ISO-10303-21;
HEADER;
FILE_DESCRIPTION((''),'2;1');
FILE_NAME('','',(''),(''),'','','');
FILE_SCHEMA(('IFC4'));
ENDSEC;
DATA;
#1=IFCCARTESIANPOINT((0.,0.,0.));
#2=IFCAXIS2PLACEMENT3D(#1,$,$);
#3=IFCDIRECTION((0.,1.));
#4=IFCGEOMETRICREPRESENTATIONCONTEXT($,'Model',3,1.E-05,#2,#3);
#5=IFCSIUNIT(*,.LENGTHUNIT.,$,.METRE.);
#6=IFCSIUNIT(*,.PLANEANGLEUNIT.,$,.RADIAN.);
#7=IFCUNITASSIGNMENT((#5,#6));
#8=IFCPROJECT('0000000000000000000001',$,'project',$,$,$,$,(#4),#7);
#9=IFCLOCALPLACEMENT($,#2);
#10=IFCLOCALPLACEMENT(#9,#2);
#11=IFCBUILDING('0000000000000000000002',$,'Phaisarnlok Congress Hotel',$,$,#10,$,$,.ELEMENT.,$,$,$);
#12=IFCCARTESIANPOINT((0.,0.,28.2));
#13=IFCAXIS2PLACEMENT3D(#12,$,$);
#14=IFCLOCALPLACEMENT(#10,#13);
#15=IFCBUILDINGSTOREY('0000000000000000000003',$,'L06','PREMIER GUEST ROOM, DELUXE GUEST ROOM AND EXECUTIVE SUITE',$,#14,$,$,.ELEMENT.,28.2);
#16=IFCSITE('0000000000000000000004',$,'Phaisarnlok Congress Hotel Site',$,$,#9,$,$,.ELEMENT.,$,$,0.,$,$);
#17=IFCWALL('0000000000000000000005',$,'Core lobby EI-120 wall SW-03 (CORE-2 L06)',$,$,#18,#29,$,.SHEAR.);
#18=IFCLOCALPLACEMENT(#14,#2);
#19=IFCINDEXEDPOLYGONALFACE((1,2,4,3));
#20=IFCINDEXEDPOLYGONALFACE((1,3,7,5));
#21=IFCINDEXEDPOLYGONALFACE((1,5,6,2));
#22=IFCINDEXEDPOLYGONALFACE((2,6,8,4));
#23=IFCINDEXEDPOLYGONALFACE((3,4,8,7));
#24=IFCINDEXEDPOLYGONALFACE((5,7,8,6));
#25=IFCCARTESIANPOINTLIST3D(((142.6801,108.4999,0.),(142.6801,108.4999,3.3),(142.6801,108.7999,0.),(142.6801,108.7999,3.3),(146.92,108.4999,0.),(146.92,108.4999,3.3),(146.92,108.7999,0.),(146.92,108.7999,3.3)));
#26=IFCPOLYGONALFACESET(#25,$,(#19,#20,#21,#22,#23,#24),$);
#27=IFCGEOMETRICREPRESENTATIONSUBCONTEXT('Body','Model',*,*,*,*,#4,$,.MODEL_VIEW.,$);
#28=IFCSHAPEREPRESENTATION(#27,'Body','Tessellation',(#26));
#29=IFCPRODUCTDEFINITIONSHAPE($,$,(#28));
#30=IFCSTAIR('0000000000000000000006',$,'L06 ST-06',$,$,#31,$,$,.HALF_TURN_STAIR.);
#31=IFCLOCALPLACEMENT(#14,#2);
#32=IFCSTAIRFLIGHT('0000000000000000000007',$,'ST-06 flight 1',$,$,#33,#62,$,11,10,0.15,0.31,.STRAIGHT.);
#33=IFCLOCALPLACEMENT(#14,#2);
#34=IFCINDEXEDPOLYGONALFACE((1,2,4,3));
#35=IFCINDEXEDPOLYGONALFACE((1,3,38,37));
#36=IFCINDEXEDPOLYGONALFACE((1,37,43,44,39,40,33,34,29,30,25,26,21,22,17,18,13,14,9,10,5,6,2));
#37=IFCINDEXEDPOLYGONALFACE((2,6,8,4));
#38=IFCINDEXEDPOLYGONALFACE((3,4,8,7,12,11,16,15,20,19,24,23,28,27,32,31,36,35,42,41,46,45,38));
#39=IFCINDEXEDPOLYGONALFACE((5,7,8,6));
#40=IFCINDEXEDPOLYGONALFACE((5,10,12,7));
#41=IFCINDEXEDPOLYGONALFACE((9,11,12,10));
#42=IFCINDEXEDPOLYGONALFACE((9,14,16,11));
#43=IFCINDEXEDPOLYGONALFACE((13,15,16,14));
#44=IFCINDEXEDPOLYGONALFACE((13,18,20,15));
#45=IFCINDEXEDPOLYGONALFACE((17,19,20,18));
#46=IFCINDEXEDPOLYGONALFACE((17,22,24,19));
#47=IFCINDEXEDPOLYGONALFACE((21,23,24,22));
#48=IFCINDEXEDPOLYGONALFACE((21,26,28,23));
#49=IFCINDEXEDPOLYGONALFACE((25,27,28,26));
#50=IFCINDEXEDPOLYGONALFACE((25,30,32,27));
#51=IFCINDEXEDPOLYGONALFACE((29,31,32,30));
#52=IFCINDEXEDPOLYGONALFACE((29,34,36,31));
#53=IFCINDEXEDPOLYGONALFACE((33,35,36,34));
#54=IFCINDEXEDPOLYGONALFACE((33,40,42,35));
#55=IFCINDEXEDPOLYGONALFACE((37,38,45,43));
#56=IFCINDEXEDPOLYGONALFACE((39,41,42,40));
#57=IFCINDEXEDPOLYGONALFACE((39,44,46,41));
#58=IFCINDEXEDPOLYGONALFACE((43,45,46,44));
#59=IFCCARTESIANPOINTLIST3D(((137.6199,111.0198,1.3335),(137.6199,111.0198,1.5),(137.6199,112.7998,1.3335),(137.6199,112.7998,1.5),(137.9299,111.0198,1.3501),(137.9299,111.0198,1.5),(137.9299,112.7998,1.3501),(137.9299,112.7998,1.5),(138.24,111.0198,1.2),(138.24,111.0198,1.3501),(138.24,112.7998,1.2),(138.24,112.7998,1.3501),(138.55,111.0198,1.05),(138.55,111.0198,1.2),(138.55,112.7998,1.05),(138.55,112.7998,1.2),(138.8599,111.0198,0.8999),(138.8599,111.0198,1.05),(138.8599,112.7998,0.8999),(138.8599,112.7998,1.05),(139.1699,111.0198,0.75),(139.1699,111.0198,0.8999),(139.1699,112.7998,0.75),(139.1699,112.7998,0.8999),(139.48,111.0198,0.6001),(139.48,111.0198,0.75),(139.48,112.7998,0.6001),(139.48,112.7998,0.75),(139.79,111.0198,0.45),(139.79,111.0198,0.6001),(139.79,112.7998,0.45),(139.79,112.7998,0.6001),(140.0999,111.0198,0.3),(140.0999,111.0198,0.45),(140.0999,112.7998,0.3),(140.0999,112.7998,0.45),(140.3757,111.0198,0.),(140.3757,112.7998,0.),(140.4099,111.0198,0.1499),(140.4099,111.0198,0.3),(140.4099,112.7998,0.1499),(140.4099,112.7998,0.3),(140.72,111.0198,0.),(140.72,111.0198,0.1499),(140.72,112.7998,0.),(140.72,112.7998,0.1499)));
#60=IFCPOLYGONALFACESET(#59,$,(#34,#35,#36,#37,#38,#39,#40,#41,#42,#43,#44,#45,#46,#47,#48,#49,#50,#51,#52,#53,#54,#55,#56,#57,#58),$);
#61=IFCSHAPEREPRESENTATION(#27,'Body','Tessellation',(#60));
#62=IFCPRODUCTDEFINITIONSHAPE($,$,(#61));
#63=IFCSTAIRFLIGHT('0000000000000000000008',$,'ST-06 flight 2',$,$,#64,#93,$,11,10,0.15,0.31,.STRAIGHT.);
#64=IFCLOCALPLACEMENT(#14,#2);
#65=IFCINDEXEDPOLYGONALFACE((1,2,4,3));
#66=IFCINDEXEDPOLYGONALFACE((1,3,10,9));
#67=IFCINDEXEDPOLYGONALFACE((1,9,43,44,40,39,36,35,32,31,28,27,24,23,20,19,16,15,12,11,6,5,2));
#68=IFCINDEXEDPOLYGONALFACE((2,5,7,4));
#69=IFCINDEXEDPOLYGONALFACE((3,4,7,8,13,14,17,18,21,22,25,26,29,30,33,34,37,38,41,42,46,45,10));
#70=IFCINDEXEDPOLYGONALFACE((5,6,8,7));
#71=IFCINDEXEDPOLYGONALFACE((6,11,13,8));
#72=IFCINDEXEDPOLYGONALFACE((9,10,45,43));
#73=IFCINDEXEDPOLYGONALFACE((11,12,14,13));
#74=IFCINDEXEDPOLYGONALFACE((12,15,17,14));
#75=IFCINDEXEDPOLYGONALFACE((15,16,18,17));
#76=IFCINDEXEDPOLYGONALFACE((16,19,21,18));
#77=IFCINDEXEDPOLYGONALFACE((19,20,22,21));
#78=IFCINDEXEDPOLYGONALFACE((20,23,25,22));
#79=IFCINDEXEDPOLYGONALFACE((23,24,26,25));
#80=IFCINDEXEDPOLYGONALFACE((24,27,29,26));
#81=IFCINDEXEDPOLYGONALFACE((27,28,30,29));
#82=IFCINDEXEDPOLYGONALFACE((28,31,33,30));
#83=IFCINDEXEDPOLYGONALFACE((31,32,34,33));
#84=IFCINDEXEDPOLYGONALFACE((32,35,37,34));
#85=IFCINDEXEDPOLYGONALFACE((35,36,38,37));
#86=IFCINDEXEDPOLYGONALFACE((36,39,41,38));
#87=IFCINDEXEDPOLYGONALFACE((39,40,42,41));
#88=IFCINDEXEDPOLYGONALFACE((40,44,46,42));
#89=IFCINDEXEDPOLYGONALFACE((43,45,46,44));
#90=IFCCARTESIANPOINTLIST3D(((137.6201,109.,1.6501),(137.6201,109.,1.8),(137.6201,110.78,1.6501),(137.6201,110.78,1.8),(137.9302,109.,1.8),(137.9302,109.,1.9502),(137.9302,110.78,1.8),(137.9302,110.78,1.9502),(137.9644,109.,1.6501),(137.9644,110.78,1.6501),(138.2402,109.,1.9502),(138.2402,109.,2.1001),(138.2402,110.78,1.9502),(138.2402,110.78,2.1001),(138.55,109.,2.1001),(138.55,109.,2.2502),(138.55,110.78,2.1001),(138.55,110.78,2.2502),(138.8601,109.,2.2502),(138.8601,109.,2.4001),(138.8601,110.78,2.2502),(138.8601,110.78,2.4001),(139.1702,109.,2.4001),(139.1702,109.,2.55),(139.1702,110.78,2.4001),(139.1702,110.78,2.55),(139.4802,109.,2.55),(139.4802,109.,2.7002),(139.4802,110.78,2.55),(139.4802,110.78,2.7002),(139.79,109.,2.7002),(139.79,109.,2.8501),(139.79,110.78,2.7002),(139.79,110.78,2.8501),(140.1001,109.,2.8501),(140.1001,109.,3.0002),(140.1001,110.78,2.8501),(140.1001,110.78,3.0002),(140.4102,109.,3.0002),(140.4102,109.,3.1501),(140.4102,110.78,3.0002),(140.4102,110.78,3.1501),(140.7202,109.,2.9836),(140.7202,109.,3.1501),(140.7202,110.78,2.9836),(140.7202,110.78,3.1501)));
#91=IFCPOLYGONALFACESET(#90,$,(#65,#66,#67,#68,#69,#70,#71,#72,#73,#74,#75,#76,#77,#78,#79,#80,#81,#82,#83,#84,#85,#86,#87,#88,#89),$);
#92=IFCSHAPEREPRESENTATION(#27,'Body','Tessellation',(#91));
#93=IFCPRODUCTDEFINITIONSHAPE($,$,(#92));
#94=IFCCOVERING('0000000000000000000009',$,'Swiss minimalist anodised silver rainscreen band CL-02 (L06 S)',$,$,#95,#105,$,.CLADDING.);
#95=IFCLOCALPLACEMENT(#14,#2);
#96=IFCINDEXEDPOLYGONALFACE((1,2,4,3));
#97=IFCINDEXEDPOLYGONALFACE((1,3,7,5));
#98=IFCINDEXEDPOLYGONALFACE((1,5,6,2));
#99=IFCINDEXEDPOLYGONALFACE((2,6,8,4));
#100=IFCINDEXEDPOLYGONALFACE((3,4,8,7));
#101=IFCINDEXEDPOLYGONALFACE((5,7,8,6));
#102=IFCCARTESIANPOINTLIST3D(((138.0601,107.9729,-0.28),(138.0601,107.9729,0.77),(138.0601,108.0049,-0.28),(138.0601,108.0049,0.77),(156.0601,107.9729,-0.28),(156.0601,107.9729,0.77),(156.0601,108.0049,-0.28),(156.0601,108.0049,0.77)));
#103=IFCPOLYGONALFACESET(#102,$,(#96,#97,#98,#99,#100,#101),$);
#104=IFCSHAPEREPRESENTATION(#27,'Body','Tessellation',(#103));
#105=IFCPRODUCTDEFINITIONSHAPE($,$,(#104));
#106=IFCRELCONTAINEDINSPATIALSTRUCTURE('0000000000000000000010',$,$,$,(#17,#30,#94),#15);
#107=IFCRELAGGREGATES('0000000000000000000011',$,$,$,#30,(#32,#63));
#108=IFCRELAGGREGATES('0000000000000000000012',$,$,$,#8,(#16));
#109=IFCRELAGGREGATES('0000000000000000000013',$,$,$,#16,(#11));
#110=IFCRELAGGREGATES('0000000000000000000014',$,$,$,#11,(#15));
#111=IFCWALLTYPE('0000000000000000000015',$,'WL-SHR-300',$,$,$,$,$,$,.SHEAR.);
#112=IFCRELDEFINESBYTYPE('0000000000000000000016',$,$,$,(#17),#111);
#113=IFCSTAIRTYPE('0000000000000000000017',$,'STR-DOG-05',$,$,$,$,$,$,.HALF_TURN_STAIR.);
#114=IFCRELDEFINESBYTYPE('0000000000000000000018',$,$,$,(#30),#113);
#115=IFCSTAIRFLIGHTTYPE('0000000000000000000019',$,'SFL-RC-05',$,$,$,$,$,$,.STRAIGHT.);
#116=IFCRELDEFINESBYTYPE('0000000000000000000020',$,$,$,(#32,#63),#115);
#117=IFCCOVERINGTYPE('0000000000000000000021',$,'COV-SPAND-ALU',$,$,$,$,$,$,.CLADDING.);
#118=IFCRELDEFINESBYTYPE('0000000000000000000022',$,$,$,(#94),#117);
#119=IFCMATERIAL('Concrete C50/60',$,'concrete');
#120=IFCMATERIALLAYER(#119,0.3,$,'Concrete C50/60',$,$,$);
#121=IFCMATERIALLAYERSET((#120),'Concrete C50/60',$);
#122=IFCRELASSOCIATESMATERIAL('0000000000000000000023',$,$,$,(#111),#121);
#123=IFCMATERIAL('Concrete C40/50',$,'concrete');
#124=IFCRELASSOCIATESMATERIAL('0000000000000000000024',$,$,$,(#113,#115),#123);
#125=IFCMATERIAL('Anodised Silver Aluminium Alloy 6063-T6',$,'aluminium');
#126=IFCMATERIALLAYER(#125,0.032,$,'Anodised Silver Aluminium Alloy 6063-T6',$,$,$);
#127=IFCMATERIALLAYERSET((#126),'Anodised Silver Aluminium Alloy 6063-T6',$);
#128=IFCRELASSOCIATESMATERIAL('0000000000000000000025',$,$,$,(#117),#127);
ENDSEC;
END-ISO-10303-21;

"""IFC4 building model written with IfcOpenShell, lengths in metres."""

from ifc_helpers import new_model, si_unit, direction, frame, frame_2d, origin, place, context, subcontext, project, spatial, polyline, rectangle, outline, extrude, material, layer, layer_set, type_object, element, aggregate, save


model = new_model("IFC4")

# Units and contexts
model_context = context("Model", 3, precision=1e-05, world=origin(), true_north=direction((0.0, 1.0)))
body_context = subcontext(model_context, "Body", "Model", "MODEL_VIEW")
ifc_project = project(units=[si_unit("LENGTHUNIT", "METRE"), si_unit("PLANEANGLEUNIT", "RADIAN")], contexts=[model_context])

# Site, building, storey
site_placement = place(None, origin())
site = spatial("IfcSite", under=ifc_project, at=site_placement, Name="Phaisarnlok Congress Hotel Site", CompositionType="ELEMENT", RefElevation=0.0)
building_placement = place(site_placement, origin())
building = spatial("IfcBuilding", under=site, at=building_placement, Name="Phaisarnlok Congress Hotel", CompositionType="ELEMENT")
storey_placement = place(building_placement, frame((0.0, 0.0, 28.2)))
storey = spatial("IfcBuildingStorey", under=building, at=storey_placement, Name="L06", Description="PREMIER GUEST ROOM, DELUXE GUEST ROOM AND EXECUTIVE SUITE", CompositionType="ELEMENT", Elevation=28.2)

# Shared definitions
ifc_material_1 = material(Name="Concrete C50/60", Category="concrete")

# Shared definitions
ifc_material_2 = material(Name="Concrete C40/50", Category="concrete")

# Shared definitions
ifc_layer_1 = layer(ifc_material_1, 0.3, Name="Concrete C50/60")
ifc_layer_set_1 = layer_set([ifc_layer_1], Name="Concrete C50/60")
wall_type_1 = type_object("IfcWallType", Name="WL-SHR-300", PredefinedType="SHEAR", material=ifc_layer_set_1)

# Wall
wall_1_placement = place(storey_placement, frame((142.6799, 108.6499, 0.0), z_axis=(0.0, 0.0, 1.0), x_axis=(1.0, 0.0, 0.0)))
element("IfcWall", 1, at=wall_1_placement, inside=storey, type_object=wall_type_1, Name="Core lobby EI-120 wall SW-03 (CORE-2 L06)", PredefinedType="SHEAR", context=body_context, shape_type="SweptSolid", body=[
    extrude(rectangle(XDim=4.24, YDim=0.3, at=frame_2d((2.1201, 0.0))), origin(), (0.0, 0.0, 1.0), 3.3),
])

# Stair, stair flights
stair_type = type_object("IfcStairType", Name="STR-DOG-05", PredefinedType="HALF_TURN_STAIR", material=ifc_material_2)
stair_placement = place(storey_placement, origin())
stair = element("IfcStair", 2, at=stair_placement, inside=storey, type_object=stair_type, Name="L06 ST-06", PredefinedType="HALF_TURN_STAIR")
stair_flight_type = type_object("IfcStairFlightType", Name="SFL-RC-05", PredefinedType="STRAIGHT", material=ifc_material_2)
stair_flight_1_placement = place(storey_placement, frame((140.72, 111.9099, 0.0), z_axis=(0.0, 0.0, 1.0), x_axis=(-1.0, 0.0, 0.0)))
stair_flight_1 = element("IfcStairFlight", 3, at=stair_flight_1_placement, type_object=stair_flight_type, Name="ST-06 flight 1", NumberOfRisers=11, NumberOfTreads=10, PredefinedType="STRAIGHT", RiserHeight=0.15, TreadLength=0.31, context=body_context, shape_type="SweptSolid", body=[
    extrude(outline(polyline([(0.0, 0.0), (0.0, 0.1499), (0.3101, 0.1499), (0.3101, 0.3), (0.6201, 0.3), (0.6201, 0.45), (0.9299, 0.45), (0.9299, 0.6001), (1.24, 0.6001), (1.24, 0.75), (1.55, 0.75), (1.55, 0.8999), (1.8601, 0.8999), (1.8601, 1.05), (2.1699, 1.05), (2.1699, 1.2), (2.48, 1.2), (2.48, 1.3501), (2.79, 1.3501), (2.79, 1.5), (3.1001, 1.5), (3.1001, 1.6499), (3.1001, 1.3335), (0.3442, 0.0), (0.0, 0.0)])), frame((0.0, 0.8901, 0.0), z_axis=(0.0, -1.0, 0.0), x_axis=(1.0, 0.0, 0.0)), (0.0, 0.0, 1.0), 1.78),
])
stair_flight_2_placement = place(storey_placement, frame((137.6201, 109.8899, 1.6501), z_axis=(0.0, 0.0, 1.0), x_axis=(1.0, 0.0, 0.0)))
stair_flight_2 = element("IfcStairFlight", 4, at=stair_flight_2_placement, type_object=stair_flight_type, Name="ST-06 flight 2", NumberOfRisers=11, NumberOfTreads=10, PredefinedType="STRAIGHT", RiserHeight=0.15, TreadLength=0.31, context=body_context, shape_type="SweptSolid", body=[
    extrude(outline(polyline([(0.0, 0.0), (0.0, 0.1499), (0.3101, 0.1499), (0.3101, 0.3), (0.6201, 0.3), (0.6201, 0.45), (0.9299, 0.45), (0.9299, 0.6001), (1.24, 0.6001), (1.24, 0.75), (1.55, 0.75), (1.55, 0.8999), (1.8601, 0.8999), (1.8601, 1.05), (2.1699, 1.05), (2.1699, 1.2), (2.48, 1.2), (2.48, 1.3501), (2.79, 1.3501), (2.79, 1.5), (3.1001, 1.5), (3.1001, 1.6499), (3.1001, 1.3335), (0.3442, 0.0), (0.0, 0.0)])), frame((0.0, 0.8901, 0.0), z_axis=(0.0, -1.0, 0.0), x_axis=(1.0, 0.0, 0.0)), (0.0, 0.0, 1.0), 1.78),
])
aggregate(stair, [stair_flight_1, stair_flight_2])

# Covering
ifc_material_3 = material(Name="Anodised Silver Aluminium Alloy 6063-T6", Category="aluminium")
ifc_layer_2 = layer(ifc_material_3, 0.032, Name="Anodised Silver Aluminium Alloy 6063-T6")
ifc_layer_set_2 = layer_set([ifc_layer_2], Name="Anodised Silver Aluminium Alloy 6063-T6")
covering_type = type_object("IfcCoveringType", Name="COV-SPAND-ALU", PredefinedType="CLADDING", material=ifc_layer_set_2)
covering_placement = place(storey_placement, frame((138.0601, 108.0049, -0.28), z_axis=(0.0, -1.0, 0.0), x_axis=(1.0, 0.0, 0.0)))
element("IfcCovering", 5, at=covering_placement, inside=storey, type_object=covering_type, Name="Swiss minimalist anodised silver rainscreen band CL-02 (L06 S)", PredefinedType="CLADDING", context=body_context, shape_type="SweptSolid", body=[
    extrude(outline(polyline([(0.0, 0.0), (18.0, 0.0), (18.0, 1.05), (0.0, 1.05), (0.0, 0.0)])), origin(), (0.0, 0.0, 1.0), 0.032),
])

save(model, "model.ifc")
